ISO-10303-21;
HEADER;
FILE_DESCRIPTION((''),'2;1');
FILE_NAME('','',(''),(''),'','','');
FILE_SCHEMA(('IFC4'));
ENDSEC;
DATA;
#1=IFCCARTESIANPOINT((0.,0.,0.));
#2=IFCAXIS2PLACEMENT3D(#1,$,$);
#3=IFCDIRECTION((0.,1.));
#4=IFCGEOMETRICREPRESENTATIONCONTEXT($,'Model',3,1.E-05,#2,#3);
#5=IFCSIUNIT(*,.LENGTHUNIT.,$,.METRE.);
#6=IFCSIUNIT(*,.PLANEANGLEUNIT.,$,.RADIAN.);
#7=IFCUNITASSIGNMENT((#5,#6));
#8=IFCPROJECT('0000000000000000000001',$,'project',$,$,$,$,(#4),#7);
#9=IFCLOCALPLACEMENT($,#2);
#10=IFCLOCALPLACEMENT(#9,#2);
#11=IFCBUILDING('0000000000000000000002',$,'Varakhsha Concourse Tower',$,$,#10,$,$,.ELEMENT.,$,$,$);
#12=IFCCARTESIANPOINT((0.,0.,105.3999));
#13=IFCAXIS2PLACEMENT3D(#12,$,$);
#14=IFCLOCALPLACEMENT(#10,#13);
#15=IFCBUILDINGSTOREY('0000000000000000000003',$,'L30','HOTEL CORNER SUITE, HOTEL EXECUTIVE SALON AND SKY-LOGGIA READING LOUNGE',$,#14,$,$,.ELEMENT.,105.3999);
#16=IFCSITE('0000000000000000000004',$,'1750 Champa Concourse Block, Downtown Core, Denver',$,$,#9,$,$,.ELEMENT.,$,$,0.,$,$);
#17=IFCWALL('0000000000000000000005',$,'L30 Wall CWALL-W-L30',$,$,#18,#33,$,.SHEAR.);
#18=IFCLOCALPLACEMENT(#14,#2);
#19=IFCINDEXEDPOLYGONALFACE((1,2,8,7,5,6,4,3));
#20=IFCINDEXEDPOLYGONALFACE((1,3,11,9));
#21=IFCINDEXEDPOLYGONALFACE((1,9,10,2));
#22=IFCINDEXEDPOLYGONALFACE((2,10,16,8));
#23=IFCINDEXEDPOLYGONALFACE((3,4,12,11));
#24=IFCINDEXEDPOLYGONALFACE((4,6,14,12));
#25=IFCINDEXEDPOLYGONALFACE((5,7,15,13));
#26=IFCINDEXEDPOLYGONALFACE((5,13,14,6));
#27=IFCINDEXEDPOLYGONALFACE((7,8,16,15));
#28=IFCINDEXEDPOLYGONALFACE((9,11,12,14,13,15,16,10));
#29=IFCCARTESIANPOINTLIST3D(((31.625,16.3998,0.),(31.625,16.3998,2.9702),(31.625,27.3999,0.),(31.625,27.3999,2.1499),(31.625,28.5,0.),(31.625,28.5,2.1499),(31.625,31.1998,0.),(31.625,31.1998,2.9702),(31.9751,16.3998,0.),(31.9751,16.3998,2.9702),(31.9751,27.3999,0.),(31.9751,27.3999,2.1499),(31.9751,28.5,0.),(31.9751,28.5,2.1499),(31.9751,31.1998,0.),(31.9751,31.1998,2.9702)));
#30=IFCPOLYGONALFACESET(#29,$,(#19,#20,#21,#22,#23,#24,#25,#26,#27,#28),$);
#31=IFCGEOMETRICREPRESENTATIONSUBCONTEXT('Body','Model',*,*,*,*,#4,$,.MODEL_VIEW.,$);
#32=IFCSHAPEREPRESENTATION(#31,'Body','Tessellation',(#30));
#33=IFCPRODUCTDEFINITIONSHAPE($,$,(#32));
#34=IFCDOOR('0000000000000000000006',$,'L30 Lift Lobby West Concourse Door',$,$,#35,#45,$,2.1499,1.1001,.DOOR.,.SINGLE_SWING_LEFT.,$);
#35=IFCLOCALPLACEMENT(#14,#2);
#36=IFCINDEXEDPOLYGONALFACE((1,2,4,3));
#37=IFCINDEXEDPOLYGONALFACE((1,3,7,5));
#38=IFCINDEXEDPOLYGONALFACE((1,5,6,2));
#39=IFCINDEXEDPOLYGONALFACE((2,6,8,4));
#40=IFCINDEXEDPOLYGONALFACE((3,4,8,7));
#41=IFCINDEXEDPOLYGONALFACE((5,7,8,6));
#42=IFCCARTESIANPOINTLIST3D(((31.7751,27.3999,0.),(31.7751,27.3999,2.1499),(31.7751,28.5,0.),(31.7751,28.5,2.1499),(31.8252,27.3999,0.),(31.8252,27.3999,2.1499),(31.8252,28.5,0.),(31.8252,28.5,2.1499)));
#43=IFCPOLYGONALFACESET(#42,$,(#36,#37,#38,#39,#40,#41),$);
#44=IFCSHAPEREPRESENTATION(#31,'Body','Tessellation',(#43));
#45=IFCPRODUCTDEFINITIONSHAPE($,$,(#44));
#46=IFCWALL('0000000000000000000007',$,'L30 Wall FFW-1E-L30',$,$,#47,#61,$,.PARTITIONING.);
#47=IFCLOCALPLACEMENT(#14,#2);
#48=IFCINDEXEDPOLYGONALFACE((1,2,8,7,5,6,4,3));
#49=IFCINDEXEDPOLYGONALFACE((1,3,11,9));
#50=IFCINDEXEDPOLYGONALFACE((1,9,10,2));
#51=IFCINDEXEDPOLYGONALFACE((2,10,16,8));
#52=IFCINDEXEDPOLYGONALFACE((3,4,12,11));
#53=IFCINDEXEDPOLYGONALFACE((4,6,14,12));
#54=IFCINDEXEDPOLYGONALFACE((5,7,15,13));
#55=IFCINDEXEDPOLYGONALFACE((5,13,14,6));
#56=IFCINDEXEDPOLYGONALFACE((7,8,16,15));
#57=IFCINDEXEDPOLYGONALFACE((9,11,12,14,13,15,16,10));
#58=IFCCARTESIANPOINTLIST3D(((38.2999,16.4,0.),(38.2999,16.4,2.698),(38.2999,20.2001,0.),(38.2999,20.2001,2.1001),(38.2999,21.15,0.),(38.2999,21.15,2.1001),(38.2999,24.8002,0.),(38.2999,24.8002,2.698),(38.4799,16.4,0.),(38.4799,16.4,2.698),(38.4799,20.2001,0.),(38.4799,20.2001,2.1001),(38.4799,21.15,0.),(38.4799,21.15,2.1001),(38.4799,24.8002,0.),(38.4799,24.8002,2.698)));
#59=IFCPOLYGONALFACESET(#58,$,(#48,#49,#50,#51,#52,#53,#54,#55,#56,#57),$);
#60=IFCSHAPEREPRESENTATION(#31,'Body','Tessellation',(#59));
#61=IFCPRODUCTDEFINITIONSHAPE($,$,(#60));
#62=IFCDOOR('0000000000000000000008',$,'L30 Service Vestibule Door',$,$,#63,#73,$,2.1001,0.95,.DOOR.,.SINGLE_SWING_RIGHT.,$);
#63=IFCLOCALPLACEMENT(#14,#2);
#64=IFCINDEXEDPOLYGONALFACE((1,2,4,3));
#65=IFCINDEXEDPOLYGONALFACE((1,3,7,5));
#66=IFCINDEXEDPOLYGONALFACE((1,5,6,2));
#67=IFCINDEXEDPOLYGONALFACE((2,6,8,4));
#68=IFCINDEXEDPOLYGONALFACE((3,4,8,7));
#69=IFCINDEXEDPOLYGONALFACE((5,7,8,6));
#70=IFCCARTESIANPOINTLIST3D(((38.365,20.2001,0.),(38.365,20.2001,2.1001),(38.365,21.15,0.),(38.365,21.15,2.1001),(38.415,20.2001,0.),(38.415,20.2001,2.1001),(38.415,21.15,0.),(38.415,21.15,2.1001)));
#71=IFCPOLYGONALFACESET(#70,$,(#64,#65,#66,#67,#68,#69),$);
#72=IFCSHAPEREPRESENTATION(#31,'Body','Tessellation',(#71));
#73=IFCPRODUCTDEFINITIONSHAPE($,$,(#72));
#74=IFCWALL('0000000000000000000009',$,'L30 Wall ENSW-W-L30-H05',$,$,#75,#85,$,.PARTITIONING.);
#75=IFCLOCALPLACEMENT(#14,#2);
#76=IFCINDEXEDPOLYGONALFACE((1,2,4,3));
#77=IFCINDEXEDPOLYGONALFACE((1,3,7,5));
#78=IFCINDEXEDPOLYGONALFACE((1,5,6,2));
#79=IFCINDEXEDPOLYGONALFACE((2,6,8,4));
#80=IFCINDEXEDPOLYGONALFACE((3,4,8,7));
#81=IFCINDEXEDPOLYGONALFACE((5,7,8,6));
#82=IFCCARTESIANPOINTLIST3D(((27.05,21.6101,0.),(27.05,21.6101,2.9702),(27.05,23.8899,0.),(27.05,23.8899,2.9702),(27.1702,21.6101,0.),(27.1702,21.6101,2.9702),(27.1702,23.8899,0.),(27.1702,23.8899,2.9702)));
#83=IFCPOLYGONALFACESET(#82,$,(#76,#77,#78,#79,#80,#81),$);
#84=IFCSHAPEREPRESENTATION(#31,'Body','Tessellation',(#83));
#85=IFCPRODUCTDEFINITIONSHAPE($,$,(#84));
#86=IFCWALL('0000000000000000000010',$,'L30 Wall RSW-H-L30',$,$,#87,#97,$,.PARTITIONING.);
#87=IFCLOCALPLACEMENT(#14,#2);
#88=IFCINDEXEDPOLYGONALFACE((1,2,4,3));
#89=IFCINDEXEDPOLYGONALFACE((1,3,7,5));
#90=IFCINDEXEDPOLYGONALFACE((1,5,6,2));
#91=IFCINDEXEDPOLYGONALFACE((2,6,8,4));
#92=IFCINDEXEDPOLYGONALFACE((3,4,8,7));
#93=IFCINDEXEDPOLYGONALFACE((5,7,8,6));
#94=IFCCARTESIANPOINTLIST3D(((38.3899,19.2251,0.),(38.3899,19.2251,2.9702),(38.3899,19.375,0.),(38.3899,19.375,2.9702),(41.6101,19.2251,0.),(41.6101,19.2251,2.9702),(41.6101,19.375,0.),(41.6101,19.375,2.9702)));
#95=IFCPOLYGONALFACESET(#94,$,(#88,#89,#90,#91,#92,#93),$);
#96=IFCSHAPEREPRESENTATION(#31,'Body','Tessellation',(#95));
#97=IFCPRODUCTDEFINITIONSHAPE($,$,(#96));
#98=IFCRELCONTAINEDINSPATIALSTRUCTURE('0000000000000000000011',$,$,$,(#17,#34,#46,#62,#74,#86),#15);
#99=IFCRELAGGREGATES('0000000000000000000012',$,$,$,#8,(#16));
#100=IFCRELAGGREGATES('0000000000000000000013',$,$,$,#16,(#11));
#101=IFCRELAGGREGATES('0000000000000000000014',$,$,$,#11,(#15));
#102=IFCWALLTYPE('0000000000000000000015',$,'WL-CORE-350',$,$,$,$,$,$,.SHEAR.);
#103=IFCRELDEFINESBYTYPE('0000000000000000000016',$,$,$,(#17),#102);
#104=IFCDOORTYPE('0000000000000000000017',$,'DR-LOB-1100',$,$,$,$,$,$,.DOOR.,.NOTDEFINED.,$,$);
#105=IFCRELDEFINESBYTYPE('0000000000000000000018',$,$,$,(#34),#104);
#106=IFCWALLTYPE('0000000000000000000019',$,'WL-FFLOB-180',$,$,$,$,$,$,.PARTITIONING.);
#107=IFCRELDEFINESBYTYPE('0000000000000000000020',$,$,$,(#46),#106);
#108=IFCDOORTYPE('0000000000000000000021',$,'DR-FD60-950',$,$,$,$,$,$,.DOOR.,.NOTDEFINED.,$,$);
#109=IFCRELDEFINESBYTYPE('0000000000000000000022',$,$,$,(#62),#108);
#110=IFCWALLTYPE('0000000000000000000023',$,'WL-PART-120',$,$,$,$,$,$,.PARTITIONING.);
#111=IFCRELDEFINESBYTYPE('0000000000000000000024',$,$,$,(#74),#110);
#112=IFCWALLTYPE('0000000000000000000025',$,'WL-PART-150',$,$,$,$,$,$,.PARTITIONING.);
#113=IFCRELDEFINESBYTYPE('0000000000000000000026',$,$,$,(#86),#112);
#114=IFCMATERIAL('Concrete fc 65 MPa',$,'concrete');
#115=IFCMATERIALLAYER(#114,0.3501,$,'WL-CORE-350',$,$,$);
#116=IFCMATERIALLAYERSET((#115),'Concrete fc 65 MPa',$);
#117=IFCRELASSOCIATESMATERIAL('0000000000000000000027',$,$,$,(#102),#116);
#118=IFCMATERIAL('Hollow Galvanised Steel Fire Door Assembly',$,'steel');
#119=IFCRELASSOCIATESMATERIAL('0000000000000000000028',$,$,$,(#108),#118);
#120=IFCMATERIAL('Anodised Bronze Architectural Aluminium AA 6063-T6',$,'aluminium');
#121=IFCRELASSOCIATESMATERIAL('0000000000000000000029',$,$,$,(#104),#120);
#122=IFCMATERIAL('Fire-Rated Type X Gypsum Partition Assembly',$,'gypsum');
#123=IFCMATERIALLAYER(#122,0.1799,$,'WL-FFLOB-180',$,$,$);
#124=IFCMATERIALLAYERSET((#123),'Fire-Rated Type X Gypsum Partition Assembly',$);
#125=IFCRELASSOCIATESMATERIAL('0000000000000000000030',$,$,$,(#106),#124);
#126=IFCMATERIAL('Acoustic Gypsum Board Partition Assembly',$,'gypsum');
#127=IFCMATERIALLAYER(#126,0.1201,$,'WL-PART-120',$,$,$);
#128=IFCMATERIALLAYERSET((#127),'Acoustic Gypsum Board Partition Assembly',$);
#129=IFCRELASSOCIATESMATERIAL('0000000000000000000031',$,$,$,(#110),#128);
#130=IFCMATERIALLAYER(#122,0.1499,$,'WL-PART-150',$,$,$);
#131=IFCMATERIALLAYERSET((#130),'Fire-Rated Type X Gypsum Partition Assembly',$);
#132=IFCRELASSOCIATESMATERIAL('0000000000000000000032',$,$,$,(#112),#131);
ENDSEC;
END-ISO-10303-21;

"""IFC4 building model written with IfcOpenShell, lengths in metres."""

from ifc_helpers import new_model, si_unit, direction, frame, frame_2d, origin, place, context, subcontext, project, spatial, rectangle, extrude, material, layer, layer_set, type_object, element, fill, save


model = new_model("IFC4")

# Units and contexts
model_context = context("Model", 3, precision=1e-05, world=origin(), true_north=direction((0.0, 1.0)))
body_context = subcontext(model_context, "Body", "Model", "MODEL_VIEW")
ifc_project = project(units=[si_unit("LENGTHUNIT", "METRE"), si_unit("PLANEANGLEUNIT", "RADIAN")], contexts=[model_context])

# Site, building, storey
site_placement = place(None, origin())
site = spatial("IfcSite", under=ifc_project, at=site_placement, Name="1750 Champa Concourse Block, Downtown Core, Denver", CompositionType="ELEMENT", RefElevation=0.0)
building_placement = place(site_placement, origin())
building = spatial("IfcBuilding", under=site, at=building_placement, Name="Varakhsha Concourse Tower", CompositionType="ELEMENT")
storey_placement = place(building_placement, frame((0.0, 0.0, 105.3999)))
storey = spatial("IfcBuildingStorey", under=building, at=storey_placement, Name="L30", Description="HOTEL CORNER SUITE, HOTEL EXECUTIVE SALON AND SKY-LOGGIA READING LOUNGE", CompositionType="ELEMENT", Elevation=105.3999)

# Shared definitions
ifc_material_1 = material(Name="Concrete fc 65 MPa", Category="concrete")

# Shared definitions
ifc_layer_1 = layer(ifc_material_1, 0.3501, Name="WL-CORE-350")
ifc_layer_set_1 = layer_set([ifc_layer_1], Name="Concrete fc 65 MPa")
wall_type_1 = type_object("IfcWallType", Name="WL-CORE-350", PredefinedType="SHEAR", material=ifc_layer_set_1)
ifc_material_2 = material(Name="Hollow Galvanised Steel Fire Door Assembly", Category="steel")
door_type_1 = type_object("IfcDoorType", Name="DR-FD60-950", OperationType="NOTDEFINED", PredefinedType="DOOR", material=ifc_material_2)

# Walls, openings, doors
wall_1_placement = place(storey_placement, frame((31.8, 16.3999, 0.0), z_axis=(0.0, 0.0, 1.0), x_axis=(0.0, 1.0, 0.0)))
wall_1 = element("IfcWall", 1, at=wall_1_placement, inside=storey, type_object=wall_type_1, Name="L30 Wall CWALL-W-L30", PredefinedType="SHEAR", context=body_context, shape_type="SweptSolid", body=[
    extrude(rectangle(XDim=14.8, YDim=0.3501, at=frame_2d((7.3999, 0.0))), origin(), (0.0, 0.0, 1.0), 2.9702),
])
opening_1_placement = place(wall_1_placement, frame((11.0, 0.0, 0.0)))
opening_1 = element("IfcOpeningElement", 2, at=opening_1_placement, cuts=wall_1, PredefinedType="OPENING", context=body_context, shape_type="SweptSolid", body=[
    extrude(rectangle(XDim=1.1001, YDim=2.1499, at=frame_2d((0.55, 1.075))), frame((0.0, 0.1851, 0.0), z_axis=(0.0, -1.0, 0.0), x_axis=(1.0, 0.0, 0.0)), (0.0, 0.0, 1.0), 0.3701),
])
ifc_material_3 = material(Name="Anodised Bronze Architectural Aluminium AA 6063-T6", Category="aluminium")
door_type_2 = type_object("IfcDoorType", Name="DR-LOB-1100", OperationType="NOTDEFINED", PredefinedType="DOOR", material=ifc_material_3)
door_1_placement = place(opening_1_placement, origin())
door_1 = element("IfcDoor", 3, at=door_1_placement, inside=storey, type_object=door_type_2, Name="L30 Lift Lobby West Concourse Door", OperationType="SINGLE_SWING_LEFT", OverallHeight=2.1499, OverallWidth=1.1001, PredefinedType="DOOR", context=body_context, shape_type="SweptSolid", body=[
    extrude(rectangle(XDim=1.1001, YDim=2.1499, at=frame_2d((0.55, 1.075))), frame((0.0, 0.0249, 0.0), z_axis=(0.0, -1.0, 0.0), x_axis=(1.0, 0.0, 0.0)), (0.0, 0.0, 1.0), 0.05),
])
fill(opening_1, door_1)
ifc_material_4 = material(Name="Fire-Rated Type X Gypsum Partition Assembly", Category="gypsum")
ifc_layer_2 = layer(ifc_material_4, 0.1799, Name="WL-FFLOB-180")
ifc_layer_set_2 = layer_set([ifc_layer_2], Name="Fire-Rated Type X Gypsum Partition Assembly")
wall_type_2 = type_object("IfcWallType", Name="WL-FFLOB-180", PredefinedType="PARTITIONING", material=ifc_layer_set_2)
wall_2_placement = place(storey_placement, frame((38.3899, 16.3999, 0.0), z_axis=(0.0, 0.0, 1.0), x_axis=(0.0, 1.0, 0.0)))
wall_2 = element("IfcWall", 4, at=wall_2_placement, inside=storey, type_object=wall_type_2, Name="L30 Wall FFW-1E-L30", PredefinedType="PARTITIONING", context=body_context, shape_type="SweptSolid", body=[
    extrude(rectangle(XDim=8.4001, YDim=0.1799, at=frame_2d((4.2002, 0.0))), origin(), (0.0, 0.0, 1.0), 2.698),
])
opening_2_placement = place(wall_2_placement, frame((3.8, 0.0, 0.0)))
opening_2 = element("IfcOpeningElement", 5, at=opening_2_placement, cuts=wall_2, PredefinedType="OPENING", context=body_context, shape_type="SweptSolid", body=[
    extrude(rectangle(XDim=0.95, YDim=2.1001, at=frame_2d((0.4751, 1.05))), frame((0.0, 0.0999, 0.0), z_axis=(0.0, -1.0, 0.0), x_axis=(1.0, 0.0, 0.0)), (0.0, 0.0, 1.0), 0.2),
])
door_2_placement = place(opening_2_placement, origin())
door_2 = element("IfcDoor", 6, at=door_2_placement, inside=storey, type_object=door_type_1, Name="L30 Service Vestibule Door", OperationType="SINGLE_SWING_RIGHT", OverallHeight=2.1001, OverallWidth=0.95, PredefinedType="DOOR", context=body_context, shape_type="SweptSolid", body=[
    extrude(rectangle(XDim=0.95, YDim=2.1001, at=frame_2d((0.4751, 1.05))), frame((0.0, 0.0249, 0.0), z_axis=(0.0, -1.0, 0.0), x_axis=(1.0, 0.0, 0.0)), (0.0, 0.0, 1.0), 0.05),
])
fill(opening_2, door_2)

# Walls
ifc_material_5 = material(Name="Acoustic Gypsum Board Partition Assembly", Category="gypsum")
ifc_layer_3 = layer(ifc_material_5, 0.1201, Name="WL-PART-120")
ifc_layer_set_3 = layer_set([ifc_layer_3], Name="Acoustic Gypsum Board Partition Assembly")
wall_type_3 = type_object("IfcWallType", Name="WL-PART-120", PredefinedType="PARTITIONING", material=ifc_layer_set_3)
wall_3_placement = place(storey_placement, frame((27.1101, 21.6101, 0.0), z_axis=(0.0, 0.0, 1.0), x_axis=(0.0, 1.0, 0.0)))
element("IfcWall", 7, at=wall_3_placement, inside=storey, type_object=wall_type_3, Name="L30 Wall ENSW-W-L30-H05", PredefinedType="PARTITIONING", context=body_context, shape_type="SweptSolid", body=[
    extrude(rectangle(XDim=2.2798, YDim=0.1201, at=frame_2d((1.1399, 0.0))), origin(), (0.0, 0.0, 1.0), 2.9702),
])
ifc_layer_4 = layer(ifc_material_4, 0.1499, Name="WL-PART-150")
ifc_layer_set_4 = layer_set([ifc_layer_4], Name="Fire-Rated Type X Gypsum Partition Assembly")
wall_type_4 = type_object("IfcWallType", Name="WL-PART-150", PredefinedType="PARTITIONING", material=ifc_layer_set_4)
wall_4_placement = place(storey_placement, frame((38.3899, 19.3, 0.0), z_axis=(0.0, 0.0, 1.0), x_axis=(1.0, 0.0, 0.0)))
element("IfcWall", 8, at=wall_4_placement, inside=storey, type_object=wall_type_4, Name="L30 Wall RSW-H-L30", PredefinedType="PARTITIONING", context=body_context, shape_type="SweptSolid", body=[
    extrude(rectangle(XDim=3.2202, YDim=0.1499, at=frame_2d((1.6101, 0.0))), origin(), (0.0, 0.0, 1.0), 2.9702),
])

save(model, "model.ifc")
